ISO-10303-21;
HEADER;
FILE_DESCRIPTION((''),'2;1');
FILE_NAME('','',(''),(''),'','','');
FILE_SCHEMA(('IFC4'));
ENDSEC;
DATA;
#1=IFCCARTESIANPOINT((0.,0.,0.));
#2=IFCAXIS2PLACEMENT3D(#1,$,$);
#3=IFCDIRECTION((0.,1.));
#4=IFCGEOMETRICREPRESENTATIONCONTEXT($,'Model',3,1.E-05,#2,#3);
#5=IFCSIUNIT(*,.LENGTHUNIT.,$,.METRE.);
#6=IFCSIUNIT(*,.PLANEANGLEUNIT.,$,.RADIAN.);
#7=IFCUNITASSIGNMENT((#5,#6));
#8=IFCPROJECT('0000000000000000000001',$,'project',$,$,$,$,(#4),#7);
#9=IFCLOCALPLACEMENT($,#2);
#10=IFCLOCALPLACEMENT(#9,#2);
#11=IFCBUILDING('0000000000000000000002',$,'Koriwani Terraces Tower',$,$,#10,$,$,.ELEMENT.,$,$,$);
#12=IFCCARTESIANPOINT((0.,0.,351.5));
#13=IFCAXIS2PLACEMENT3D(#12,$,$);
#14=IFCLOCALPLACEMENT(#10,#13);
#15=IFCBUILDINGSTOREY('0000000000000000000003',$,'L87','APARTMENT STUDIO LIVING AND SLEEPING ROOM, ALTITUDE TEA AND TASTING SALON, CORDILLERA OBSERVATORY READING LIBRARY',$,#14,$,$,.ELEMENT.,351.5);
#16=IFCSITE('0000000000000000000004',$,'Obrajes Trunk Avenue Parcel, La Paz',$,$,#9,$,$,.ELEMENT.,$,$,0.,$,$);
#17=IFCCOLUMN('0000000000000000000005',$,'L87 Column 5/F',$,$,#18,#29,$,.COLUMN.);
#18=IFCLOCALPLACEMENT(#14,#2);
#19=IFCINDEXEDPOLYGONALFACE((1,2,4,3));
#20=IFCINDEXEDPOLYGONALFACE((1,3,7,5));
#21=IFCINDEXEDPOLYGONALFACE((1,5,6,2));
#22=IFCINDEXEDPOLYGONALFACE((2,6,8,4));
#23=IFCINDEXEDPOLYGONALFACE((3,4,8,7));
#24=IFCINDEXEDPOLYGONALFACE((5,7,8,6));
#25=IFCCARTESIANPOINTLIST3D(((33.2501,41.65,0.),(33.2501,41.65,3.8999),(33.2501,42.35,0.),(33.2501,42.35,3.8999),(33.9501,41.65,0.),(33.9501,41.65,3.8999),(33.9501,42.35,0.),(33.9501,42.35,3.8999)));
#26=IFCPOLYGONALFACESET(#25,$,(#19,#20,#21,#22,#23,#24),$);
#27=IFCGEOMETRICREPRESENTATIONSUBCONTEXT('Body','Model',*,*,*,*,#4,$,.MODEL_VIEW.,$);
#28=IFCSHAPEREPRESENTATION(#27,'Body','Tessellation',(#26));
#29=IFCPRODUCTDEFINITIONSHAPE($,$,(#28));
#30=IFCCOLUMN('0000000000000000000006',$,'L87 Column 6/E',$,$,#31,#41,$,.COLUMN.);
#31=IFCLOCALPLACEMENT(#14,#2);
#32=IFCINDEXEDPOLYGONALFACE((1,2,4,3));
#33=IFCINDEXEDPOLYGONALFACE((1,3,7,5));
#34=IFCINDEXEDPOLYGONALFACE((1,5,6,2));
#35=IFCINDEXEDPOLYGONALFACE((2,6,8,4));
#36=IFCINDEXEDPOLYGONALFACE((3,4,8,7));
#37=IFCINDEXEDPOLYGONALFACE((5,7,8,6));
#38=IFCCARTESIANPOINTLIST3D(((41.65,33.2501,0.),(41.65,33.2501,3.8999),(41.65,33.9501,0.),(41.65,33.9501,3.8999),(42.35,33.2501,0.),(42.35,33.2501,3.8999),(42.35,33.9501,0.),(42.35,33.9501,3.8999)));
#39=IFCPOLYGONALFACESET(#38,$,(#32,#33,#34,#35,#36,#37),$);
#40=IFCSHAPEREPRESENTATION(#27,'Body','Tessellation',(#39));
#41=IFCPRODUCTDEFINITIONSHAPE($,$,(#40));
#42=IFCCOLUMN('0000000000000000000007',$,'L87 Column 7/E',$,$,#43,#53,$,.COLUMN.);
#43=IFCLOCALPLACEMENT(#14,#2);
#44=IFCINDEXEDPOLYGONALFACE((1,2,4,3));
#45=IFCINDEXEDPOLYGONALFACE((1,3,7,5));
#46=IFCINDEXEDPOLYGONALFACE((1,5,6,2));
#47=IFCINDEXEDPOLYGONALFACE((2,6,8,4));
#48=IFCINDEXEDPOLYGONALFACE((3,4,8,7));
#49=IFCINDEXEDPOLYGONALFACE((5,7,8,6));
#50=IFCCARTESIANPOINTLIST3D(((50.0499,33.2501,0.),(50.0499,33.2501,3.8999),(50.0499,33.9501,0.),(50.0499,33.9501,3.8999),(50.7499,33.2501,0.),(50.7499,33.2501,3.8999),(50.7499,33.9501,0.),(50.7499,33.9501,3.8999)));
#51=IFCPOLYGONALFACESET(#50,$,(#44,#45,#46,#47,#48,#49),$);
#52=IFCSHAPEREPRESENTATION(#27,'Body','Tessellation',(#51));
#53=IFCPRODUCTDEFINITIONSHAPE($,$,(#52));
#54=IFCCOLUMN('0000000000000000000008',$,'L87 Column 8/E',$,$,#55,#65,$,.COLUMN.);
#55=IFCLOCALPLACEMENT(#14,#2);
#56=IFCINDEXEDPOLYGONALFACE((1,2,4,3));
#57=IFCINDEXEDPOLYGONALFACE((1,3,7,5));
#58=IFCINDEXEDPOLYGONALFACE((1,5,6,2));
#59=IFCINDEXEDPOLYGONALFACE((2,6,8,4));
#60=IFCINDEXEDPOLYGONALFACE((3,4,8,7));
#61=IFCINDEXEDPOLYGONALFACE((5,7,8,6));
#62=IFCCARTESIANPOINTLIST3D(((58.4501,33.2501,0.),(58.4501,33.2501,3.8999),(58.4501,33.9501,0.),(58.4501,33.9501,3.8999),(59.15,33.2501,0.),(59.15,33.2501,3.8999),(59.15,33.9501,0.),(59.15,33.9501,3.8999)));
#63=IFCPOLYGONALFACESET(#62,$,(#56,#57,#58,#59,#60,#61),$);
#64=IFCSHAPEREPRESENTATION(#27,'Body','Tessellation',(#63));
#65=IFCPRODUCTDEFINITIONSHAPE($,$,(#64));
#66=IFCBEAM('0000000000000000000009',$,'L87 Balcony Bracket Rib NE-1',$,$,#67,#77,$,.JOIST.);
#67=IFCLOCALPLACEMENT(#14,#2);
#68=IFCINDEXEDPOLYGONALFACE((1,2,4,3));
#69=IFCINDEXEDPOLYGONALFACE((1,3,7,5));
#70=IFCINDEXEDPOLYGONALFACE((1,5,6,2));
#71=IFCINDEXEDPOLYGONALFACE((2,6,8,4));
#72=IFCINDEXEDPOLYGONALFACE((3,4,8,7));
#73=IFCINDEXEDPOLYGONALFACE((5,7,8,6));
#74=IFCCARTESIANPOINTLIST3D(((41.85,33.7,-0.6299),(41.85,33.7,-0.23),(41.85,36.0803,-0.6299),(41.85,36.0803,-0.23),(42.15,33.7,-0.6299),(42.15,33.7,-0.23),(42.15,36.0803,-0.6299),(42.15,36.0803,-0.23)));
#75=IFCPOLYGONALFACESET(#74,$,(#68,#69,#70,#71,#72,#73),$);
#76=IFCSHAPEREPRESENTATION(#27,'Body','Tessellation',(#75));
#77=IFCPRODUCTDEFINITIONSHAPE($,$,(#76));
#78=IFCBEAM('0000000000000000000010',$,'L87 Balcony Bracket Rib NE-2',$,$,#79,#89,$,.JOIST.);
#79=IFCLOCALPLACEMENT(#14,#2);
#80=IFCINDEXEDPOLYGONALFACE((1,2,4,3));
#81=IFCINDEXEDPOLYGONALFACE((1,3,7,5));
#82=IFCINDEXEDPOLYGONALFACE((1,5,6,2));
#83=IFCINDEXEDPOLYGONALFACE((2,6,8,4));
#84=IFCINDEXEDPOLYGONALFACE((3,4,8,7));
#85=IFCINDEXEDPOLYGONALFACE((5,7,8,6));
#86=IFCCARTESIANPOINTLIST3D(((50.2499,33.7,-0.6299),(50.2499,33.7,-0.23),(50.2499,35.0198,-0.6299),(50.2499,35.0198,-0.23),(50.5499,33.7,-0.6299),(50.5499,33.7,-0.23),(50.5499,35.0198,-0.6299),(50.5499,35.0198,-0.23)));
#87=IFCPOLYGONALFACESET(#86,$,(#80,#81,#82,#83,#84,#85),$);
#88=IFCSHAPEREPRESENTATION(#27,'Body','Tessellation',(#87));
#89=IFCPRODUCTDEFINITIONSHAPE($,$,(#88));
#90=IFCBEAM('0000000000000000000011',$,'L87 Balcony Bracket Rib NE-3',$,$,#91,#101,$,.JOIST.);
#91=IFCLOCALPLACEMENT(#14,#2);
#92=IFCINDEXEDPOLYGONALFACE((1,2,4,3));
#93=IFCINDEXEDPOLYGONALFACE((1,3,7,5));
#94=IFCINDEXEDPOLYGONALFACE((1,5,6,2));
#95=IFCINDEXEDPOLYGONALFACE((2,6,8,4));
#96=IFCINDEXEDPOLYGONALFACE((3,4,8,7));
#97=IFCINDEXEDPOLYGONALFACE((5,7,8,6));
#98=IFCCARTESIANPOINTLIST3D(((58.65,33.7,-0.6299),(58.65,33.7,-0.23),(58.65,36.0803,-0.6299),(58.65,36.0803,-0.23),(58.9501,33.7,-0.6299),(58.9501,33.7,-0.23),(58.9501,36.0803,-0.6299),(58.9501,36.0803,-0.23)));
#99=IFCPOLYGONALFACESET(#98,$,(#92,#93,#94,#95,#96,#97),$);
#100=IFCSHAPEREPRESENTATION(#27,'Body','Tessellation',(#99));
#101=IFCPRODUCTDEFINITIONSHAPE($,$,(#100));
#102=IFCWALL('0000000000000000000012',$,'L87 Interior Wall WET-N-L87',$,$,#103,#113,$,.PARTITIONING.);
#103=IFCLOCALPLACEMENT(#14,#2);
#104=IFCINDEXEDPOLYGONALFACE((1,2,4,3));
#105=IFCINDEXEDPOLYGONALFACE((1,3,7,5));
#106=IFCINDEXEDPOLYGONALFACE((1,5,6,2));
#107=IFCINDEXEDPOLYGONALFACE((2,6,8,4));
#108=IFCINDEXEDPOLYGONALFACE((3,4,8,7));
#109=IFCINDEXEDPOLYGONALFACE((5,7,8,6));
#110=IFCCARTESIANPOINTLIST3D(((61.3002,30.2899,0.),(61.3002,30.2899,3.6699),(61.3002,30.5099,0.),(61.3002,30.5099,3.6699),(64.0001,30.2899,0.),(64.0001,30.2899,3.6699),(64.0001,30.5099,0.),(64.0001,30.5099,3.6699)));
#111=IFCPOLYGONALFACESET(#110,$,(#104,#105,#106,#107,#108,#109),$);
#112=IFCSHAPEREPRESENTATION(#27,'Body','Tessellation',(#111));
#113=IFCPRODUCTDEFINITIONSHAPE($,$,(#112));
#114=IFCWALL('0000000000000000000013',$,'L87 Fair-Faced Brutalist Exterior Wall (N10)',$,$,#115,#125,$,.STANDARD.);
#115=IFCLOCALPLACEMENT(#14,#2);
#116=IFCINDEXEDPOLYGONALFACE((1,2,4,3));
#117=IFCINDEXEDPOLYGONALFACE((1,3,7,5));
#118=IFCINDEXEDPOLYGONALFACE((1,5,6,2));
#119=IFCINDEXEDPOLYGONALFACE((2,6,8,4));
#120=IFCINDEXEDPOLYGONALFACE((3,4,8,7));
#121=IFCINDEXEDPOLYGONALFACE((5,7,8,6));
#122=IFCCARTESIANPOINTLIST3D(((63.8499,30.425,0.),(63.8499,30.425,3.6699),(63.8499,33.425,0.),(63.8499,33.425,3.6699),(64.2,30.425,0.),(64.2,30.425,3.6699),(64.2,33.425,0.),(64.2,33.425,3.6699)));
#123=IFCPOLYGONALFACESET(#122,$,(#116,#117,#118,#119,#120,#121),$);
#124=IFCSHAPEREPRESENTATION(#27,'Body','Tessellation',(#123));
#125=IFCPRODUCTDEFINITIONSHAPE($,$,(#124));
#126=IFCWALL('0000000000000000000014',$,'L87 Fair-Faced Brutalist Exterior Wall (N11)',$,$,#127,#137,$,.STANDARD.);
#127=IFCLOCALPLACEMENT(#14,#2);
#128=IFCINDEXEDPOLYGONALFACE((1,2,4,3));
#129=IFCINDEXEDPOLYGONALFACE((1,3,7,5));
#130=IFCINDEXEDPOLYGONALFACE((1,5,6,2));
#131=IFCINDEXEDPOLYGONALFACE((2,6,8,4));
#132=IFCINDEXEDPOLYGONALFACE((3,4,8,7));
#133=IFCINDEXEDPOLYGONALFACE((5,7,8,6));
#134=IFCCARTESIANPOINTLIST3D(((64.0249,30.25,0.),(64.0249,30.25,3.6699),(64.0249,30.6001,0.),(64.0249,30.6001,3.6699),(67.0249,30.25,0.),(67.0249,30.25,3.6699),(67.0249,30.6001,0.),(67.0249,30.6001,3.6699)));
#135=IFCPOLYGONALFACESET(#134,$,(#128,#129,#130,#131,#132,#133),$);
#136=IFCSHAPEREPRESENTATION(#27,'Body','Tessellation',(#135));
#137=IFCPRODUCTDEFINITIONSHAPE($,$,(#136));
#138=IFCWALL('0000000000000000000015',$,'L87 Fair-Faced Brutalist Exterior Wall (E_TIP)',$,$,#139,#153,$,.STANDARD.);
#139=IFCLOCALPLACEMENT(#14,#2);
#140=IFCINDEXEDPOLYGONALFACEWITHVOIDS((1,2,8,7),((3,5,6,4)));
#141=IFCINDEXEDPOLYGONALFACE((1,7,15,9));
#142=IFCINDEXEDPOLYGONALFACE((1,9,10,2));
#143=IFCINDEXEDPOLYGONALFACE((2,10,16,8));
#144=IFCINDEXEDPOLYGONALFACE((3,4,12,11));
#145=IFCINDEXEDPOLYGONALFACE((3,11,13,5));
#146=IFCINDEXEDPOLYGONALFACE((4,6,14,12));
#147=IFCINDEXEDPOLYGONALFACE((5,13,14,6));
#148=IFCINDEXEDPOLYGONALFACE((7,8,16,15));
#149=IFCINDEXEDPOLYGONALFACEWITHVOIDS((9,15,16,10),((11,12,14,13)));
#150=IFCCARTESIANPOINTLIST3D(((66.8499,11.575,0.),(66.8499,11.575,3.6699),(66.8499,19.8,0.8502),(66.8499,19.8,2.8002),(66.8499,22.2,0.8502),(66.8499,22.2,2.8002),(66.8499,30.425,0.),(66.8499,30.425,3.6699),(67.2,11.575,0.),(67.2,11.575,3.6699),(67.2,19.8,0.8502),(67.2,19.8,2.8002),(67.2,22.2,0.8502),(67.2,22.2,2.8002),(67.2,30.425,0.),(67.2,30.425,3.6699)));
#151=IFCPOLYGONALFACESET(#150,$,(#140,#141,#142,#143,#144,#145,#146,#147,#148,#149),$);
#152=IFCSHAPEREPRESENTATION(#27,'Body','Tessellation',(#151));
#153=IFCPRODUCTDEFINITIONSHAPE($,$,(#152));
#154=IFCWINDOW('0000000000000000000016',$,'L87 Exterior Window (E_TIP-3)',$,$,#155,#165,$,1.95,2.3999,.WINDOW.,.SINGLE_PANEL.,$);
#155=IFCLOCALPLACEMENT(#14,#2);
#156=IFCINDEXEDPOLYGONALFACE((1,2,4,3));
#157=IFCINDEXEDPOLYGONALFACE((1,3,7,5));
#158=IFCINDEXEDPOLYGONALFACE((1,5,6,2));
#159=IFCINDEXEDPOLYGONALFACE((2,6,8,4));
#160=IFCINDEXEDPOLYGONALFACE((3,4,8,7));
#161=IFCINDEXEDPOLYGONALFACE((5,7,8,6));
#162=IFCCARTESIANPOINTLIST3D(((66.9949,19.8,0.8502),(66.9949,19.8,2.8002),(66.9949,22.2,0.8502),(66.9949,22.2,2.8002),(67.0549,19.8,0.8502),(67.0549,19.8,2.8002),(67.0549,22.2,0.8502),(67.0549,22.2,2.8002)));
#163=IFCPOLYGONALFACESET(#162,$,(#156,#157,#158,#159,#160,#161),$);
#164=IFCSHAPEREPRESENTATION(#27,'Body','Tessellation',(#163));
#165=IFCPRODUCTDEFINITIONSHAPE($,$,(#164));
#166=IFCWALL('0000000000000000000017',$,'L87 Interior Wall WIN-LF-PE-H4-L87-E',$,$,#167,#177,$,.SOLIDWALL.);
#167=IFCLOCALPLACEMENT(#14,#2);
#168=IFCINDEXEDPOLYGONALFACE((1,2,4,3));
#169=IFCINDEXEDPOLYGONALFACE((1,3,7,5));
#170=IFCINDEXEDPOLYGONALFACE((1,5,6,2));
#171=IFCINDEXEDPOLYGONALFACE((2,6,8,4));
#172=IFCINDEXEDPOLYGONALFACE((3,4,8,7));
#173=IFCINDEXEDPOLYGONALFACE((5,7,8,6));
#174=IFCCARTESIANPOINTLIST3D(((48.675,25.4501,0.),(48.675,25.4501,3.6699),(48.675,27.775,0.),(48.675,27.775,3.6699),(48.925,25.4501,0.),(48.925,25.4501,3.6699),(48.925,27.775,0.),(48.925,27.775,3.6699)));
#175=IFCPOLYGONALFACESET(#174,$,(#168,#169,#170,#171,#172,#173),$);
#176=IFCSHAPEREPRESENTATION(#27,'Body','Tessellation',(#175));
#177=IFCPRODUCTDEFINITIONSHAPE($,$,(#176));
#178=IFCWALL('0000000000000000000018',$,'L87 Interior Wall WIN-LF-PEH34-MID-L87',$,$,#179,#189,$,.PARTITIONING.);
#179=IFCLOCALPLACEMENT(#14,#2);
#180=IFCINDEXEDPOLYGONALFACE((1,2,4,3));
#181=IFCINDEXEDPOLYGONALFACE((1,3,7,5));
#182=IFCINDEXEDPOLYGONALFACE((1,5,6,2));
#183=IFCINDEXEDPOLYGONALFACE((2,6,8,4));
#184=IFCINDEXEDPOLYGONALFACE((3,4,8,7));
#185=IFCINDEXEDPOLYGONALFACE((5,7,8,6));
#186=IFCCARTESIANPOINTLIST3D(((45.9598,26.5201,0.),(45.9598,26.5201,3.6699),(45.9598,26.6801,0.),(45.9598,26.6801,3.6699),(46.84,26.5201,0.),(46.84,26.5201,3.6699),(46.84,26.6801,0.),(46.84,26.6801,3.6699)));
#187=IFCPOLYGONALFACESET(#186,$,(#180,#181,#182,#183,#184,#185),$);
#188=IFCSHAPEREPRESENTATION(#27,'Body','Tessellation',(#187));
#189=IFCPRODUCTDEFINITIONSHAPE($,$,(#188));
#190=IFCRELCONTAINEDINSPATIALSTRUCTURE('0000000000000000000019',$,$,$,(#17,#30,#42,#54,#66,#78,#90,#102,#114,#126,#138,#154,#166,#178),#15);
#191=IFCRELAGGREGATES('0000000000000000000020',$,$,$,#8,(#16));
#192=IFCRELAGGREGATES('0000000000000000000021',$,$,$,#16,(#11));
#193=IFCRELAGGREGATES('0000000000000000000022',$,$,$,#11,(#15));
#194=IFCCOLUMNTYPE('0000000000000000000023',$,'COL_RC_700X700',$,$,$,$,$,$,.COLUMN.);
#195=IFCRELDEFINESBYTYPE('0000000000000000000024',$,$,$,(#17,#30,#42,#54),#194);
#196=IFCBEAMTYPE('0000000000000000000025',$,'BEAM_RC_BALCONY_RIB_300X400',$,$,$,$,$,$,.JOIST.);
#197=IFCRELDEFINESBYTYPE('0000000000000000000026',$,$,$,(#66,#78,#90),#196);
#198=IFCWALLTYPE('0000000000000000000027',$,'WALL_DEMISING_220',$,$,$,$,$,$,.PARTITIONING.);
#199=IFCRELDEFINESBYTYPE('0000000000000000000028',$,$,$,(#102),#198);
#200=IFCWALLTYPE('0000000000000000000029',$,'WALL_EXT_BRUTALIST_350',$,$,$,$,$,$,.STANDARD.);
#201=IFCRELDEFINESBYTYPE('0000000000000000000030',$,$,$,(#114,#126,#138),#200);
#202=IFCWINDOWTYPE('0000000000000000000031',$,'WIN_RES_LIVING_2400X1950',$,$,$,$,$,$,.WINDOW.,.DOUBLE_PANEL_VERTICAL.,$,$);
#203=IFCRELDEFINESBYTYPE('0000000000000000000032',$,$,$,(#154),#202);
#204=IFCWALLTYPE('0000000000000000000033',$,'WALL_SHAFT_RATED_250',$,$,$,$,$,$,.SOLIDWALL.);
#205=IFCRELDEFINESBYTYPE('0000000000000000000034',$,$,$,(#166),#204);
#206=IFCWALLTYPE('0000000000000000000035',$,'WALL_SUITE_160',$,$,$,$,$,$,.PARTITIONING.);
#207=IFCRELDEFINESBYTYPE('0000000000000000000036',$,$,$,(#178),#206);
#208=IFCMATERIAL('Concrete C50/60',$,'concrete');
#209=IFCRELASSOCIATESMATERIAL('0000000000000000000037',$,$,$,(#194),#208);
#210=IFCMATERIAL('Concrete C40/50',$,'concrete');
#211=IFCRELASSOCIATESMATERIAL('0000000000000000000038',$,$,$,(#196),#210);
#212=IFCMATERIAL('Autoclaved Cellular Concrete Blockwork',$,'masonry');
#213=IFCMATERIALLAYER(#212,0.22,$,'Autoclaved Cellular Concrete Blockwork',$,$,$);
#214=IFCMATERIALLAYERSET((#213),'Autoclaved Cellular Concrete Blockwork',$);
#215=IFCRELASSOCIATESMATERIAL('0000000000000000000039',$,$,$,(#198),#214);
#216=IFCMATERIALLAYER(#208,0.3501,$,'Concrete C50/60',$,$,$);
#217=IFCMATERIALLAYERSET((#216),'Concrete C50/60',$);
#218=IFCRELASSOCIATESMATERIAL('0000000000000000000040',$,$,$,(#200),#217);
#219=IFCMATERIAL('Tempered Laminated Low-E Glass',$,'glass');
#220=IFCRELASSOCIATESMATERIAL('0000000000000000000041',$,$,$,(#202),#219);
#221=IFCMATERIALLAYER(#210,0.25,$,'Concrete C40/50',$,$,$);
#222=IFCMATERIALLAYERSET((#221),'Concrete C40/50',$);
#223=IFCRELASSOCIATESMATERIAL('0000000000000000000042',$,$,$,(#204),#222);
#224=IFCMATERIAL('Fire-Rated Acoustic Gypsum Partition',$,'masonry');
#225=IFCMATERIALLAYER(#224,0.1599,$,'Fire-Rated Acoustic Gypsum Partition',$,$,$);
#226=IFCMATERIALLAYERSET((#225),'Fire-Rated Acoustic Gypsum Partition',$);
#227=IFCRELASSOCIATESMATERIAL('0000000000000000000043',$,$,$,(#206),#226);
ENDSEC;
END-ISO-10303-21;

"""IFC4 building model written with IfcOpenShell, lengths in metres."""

from ifc_helpers import new_model, si_unit, direction, frame, frame_2d, origin, origin_2d, place, context, subcontext, project, spatial, rectangle, extrude, material, layer, layer_set, material_profile, profile_set, type_object, element, fill, save


model = new_model("IFC4")

# Units and contexts
model_context = context("Model", 3, precision=1e-05, world=origin(), true_north=direction((0.0, 1.0)))
body_context = subcontext(model_context, "Body", "Model", "MODEL_VIEW")
ifc_project = project(units=[si_unit("LENGTHUNIT", "METRE"), si_unit("PLANEANGLEUNIT", "RADIAN")], contexts=[model_context])

# Site, building, storey
site_placement = place(None, origin())
site = spatial("IfcSite", under=ifc_project, at=site_placement, Name="Obrajes Trunk Avenue Parcel, La Paz", CompositionType="ELEMENT", RefElevation=0.0)
building_placement = place(site_placement, origin())
building = spatial("IfcBuilding", under=site, at=building_placement, Name="Koriwani Terraces Tower", CompositionType="ELEMENT")
storey_placement = place(building_placement, frame((0.0, 0.0, 351.5)))
storey = spatial("IfcBuildingStorey", under=building, at=storey_placement, Name="L87", Description="APARTMENT STUDIO LIVING AND SLEEPING ROOM, ALTITUDE TEA AND TASTING SALON, CORDILLERA OBSERVATORY READING LIBRARY", CompositionType="ELEMENT", Elevation=351.5)

# Columns
ifc_material_1 = material(Name="Concrete C50/60", Category="concrete")
ifc_material_profile_1 = material_profile(ifc_material_1, rectangle(XDim=0.7, YDim=0.7, at=origin_2d()), Name="Concrete C50/60", Category="LoadBearing")
ifc_profile_set_1 = profile_set([ifc_material_profile_1], Name="Concrete C50/60")
column_type = type_object("IfcColumnType", Name="COL_RC_700X700", PredefinedType="COLUMN", material=ifc_profile_set_1)
for number, where, z_axis, x_axis, name in (
    (1, (33.6001, 42.0, 0.0), (0.0, 0.0, 1.0), (1.0, 0.0, 0.0), "L87 Column 5/F"),
    (2, (42.0, 33.6001, 0.0), (0.0, 0.0, 1.0), (1.0, 0.0, 0.0), "L87 Column 6/E"),
    (3, (50.3999, 33.6001, 0.0), (0.0, 0.0, 1.0), (1.0, 0.0, 0.0), "L87 Column 7/E"),
    (4, (58.8, 33.6001, 0.0), (0.0, 0.0, 1.0), (1.0, 0.0, 0.0), "L87 Column 8/E"),
):
    element("IfcColumn", number, at=place(storey_placement, frame(where, z_axis=z_axis, x_axis=x_axis)), inside=storey, type_object=column_type, Name=name, PredefinedType="COLUMN", context=body_context, shape_type="SweptSolid", body=[
        extrude(rectangle(XDim=0.7, YDim=0.7, at=origin_2d()), origin(), (0.0, 0.0, 1.0), 3.8999),
    ])

# Beams
ifc_material_2 = material(Name="Concrete C40/50", Category="concrete")
ifc_material_profile_2 = material_profile(ifc_material_2, rectangle(XDim=0.3, YDim=0.3999, at=origin_2d()), Name="Concrete C40/50", Category="LoadBearing")
ifc_profile_set_2 = profile_set([ifc_material_profile_2], Name="Concrete C40/50")
beam_type = type_object("IfcBeamType", Name="BEAM_RC_BALCONY_RIB_300X400", PredefinedType="JOIST", material=ifc_profile_set_2)
beam_1_placement = place(storey_placement, frame((42.0, 33.7, -0.4299), z_axis=(0.0, 1.0, 0.0), x_axis=(-1.0, 0.0, 0.0)))
element("IfcBeam", 5, at=beam_1_placement, inside=storey, type_object=beam_type, Name="L87 Balcony Bracket Rib NE-1", PredefinedType="JOIST", context=body_context, shape_type="SweptSolid", body=[
    extrude(rectangle(XDim=0.3, YDim=0.3999, at=origin_2d()), origin(), (0.0, 0.0, 1.0), 2.3804),
])
beam_2_placement = place(storey_placement, frame((50.3999, 33.7, -0.4299), z_axis=(0.0, 1.0, 0.0), x_axis=(-1.0, 0.0, 0.0)))
element("IfcBeam", 6, at=beam_2_placement, inside=storey, type_object=beam_type, Name="L87 Balcony Bracket Rib NE-2", PredefinedType="JOIST", context=body_context, shape_type="SweptSolid", body=[
    extrude(rectangle(XDim=0.3, YDim=0.3999, at=origin_2d()), origin(), (0.0, 0.0, 1.0), 1.3198),
])
beam_3_placement = place(storey_placement, frame((58.8, 33.7, -0.4299), z_axis=(0.0, 1.0, 0.0), x_axis=(-1.0, 0.0, 0.0)))
element("IfcBeam", 7, at=beam_3_placement, inside=storey, type_object=beam_type, Name="L87 Balcony Bracket Rib NE-3", PredefinedType="JOIST", context=body_context, shape_type="SweptSolid", body=[
    extrude(rectangle(XDim=0.3, YDim=0.3999, at=origin_2d()), origin(), (0.0, 0.0, 1.0), 2.3804),
])

# Walls
ifc_material_3 = material(Name="Autoclaved Cellular Concrete Blockwork", Category="masonry")
ifc_layer_1 = layer(ifc_material_3, 0.22, Name="Autoclaved Cellular Concrete Blockwork")
ifc_layer_set_1 = layer_set([ifc_layer_1], Name="Autoclaved Cellular Concrete Blockwork")
wall_type_1 = type_object("IfcWallType", Name="WALL_DEMISING_220", PredefinedType="PARTITIONING", material=ifc_layer_set_1)
wall_1_placement = place(storey_placement, frame((61.3, 30.3999, 0.0), z_axis=(0.0, 0.0, 1.0), x_axis=(1.0, 0.0, 0.0)))
element("IfcWall", 8, at=wall_1_placement, inside=storey, type_object=wall_type_1, Name="L87 Interior Wall WET-N-L87", PredefinedType="PARTITIONING", context=body_context, shape_type="SweptSolid", body=[
    extrude(rectangle(XDim=2.7, YDim=0.22, at=frame_2d((1.3501, 0.0))), origin(), (0.0, 0.0, 1.0), 3.6699),
])
ifc_layer_2 = layer(ifc_material_1, 0.3501, Name="Concrete C50/60")
ifc_layer_set_2 = layer_set([ifc_layer_2], Name="Concrete C50/60")
wall_type_2 = type_object("IfcWallType", Name="WALL_EXT_BRUTALIST_350", PredefinedType="STANDARD", material=ifc_layer_set_2)
for number, where, z_axis, x_axis, name in (
    (9, (64.0249, 33.425, 0.0), (0.0, 0.0, 1.0), (0.0, -1.0, 0.0), "L87 Fair-Faced Brutalist Exterior Wall (N10)"),
    (10, (64.0249, 30.425, 0.0), (0.0, 0.0, 1.0), (1.0, 0.0, 0.0), "L87 Fair-Faced Brutalist Exterior Wall (N11)"),
):
    element("IfcWall", number, at=place(storey_placement, frame(where, z_axis=z_axis, x_axis=x_axis)), inside=storey, type_object=wall_type_2, Name=name, PredefinedType="STANDARD", context=body_context, shape_type="SweptSolid", body=[
        extrude(rectangle(XDim=3.0, YDim=0.3501, at=frame_2d((1.5, 0.0))), origin(), (0.0, 0.0, 1.0), 3.6699),
    ])

# Wall, opening, window
wall_2_placement = place(storey_placement, frame((67.0249, 30.425, 0.0), z_axis=(0.0, 0.0, 1.0), x_axis=(0.0, -1.0, 0.0)))
wall_2 = element("IfcWall", 11, at=wall_2_placement, inside=storey, type_object=wall_type_2, Name="L87 Fair-Faced Brutalist Exterior Wall (E_TIP)", PredefinedType="STANDARD", context=body_context, shape_type="SweptSolid", body=[
    extrude(rectangle(XDim=18.8501, YDim=0.3501, at=frame_2d((9.425, 0.0))), origin(), (0.0, 0.0, 1.0), 3.6699),
])
opening_1_placement = place(wall_2_placement, frame((8.2251, 0.0, 0.8501)))
opening_1 = element("IfcOpeningElement", 12, at=opening_1_placement, cuts=wall_2, PredefinedType="OPENING", context=body_context, shape_type="SweptSolid", body=[
    extrude(rectangle(XDim=2.3999, YDim=1.95, at=frame_2d((1.2, 0.9751))), frame((0.0, 0.1851, 0.0), z_axis=(0.0, -1.0, 0.0), x_axis=(1.0, 0.0, 0.0)), (0.0, 0.0, 1.0), 0.3701),
])
ifc_material_4 = material(Name="Tempered Laminated Low-E Glass", Category="glass")
window_type = type_object("IfcWindowType", Name="WIN_RES_LIVING_2400X1950", PartitioningType="DOUBLE_PANEL_VERTICAL", PredefinedType="WINDOW", material=ifc_material_4)
window_placement = place(opening_1_placement, origin())
window = element("IfcWindow", 13, at=window_placement, inside=storey, type_object=window_type, Name="L87 Exterior Window (E_TIP-3)", OverallHeight=1.95, OverallWidth=2.3999, PartitioningType="SINGLE_PANEL", PredefinedType="WINDOW", context=body_context, shape_type="SweptSolid", body=[
    extrude(rectangle(XDim=2.3999, YDim=1.95, at=frame_2d((1.2, 0.9751))), frame((0.0, 0.03, 0.0), z_axis=(0.0, -1.0, 0.0), x_axis=(1.0, 0.0, 0.0)), (0.0, 0.0, 1.0), 0.0601),
])
fill(opening_1, window)

# Shared definitions
ifc_layer_3 = layer(ifc_material_2, 0.25, Name="Concrete C40/50")
ifc_layer_set_3 = layer_set([ifc_layer_3], Name="Concrete C40/50")
wall_type_3 = type_object("IfcWallType", Name="WALL_SHAFT_RATED_250", PredefinedType="SOLIDWALL", material=ifc_layer_set_3)

# Walls
wall_3_placement = place(storey_placement, frame((48.8, 25.45, 0.0), z_axis=(0.0, 0.0, 1.0), x_axis=(0.0, 1.0, 0.0)))
element("IfcWall", 14, at=wall_3_placement, inside=storey, type_object=wall_type_3, Name="L87 Interior Wall WIN-LF-PE-H4-L87-E", PredefinedType="SOLIDWALL", context=body_context, shape_type="SweptSolid", body=[
    extrude(rectangle(XDim=2.325, YDim=0.25, at=frame_2d((1.1626, 0.0))), origin(), (0.0, 0.0, 1.0), 3.6699),
])
ifc_material_5 = material(Name="Fire-Rated Acoustic Gypsum Partition", Category="masonry")
ifc_layer_4 = layer(ifc_material_5, 0.1599, Name="Fire-Rated Acoustic Gypsum Partition")
ifc_layer_set_4 = layer_set([ifc_layer_4], Name="Fire-Rated Acoustic Gypsum Partition")
wall_type_4 = type_object("IfcWallType", Name="WALL_SUITE_160", PredefinedType="PARTITIONING", material=ifc_layer_set_4)
wall_4_placement = place(storey_placement, frame((45.96, 26.6001, 0.0), z_axis=(0.0, 0.0, 1.0), x_axis=(1.0, 0.0, 0.0)))
element("IfcWall", 15, at=wall_4_placement, inside=storey, type_object=wall_type_4, Name="L87 Interior Wall WIN-LF-PEH34-MID-L87", PredefinedType="PARTITIONING", context=body_context, shape_type="SweptSolid", body=[
    extrude(rectangle(XDim=0.8801, YDim=0.1599, at=frame_2d((0.4399, 0.0))), origin(), (0.0, 0.0, 1.0), 3.6699),
])

save(model, "model.ifc")
